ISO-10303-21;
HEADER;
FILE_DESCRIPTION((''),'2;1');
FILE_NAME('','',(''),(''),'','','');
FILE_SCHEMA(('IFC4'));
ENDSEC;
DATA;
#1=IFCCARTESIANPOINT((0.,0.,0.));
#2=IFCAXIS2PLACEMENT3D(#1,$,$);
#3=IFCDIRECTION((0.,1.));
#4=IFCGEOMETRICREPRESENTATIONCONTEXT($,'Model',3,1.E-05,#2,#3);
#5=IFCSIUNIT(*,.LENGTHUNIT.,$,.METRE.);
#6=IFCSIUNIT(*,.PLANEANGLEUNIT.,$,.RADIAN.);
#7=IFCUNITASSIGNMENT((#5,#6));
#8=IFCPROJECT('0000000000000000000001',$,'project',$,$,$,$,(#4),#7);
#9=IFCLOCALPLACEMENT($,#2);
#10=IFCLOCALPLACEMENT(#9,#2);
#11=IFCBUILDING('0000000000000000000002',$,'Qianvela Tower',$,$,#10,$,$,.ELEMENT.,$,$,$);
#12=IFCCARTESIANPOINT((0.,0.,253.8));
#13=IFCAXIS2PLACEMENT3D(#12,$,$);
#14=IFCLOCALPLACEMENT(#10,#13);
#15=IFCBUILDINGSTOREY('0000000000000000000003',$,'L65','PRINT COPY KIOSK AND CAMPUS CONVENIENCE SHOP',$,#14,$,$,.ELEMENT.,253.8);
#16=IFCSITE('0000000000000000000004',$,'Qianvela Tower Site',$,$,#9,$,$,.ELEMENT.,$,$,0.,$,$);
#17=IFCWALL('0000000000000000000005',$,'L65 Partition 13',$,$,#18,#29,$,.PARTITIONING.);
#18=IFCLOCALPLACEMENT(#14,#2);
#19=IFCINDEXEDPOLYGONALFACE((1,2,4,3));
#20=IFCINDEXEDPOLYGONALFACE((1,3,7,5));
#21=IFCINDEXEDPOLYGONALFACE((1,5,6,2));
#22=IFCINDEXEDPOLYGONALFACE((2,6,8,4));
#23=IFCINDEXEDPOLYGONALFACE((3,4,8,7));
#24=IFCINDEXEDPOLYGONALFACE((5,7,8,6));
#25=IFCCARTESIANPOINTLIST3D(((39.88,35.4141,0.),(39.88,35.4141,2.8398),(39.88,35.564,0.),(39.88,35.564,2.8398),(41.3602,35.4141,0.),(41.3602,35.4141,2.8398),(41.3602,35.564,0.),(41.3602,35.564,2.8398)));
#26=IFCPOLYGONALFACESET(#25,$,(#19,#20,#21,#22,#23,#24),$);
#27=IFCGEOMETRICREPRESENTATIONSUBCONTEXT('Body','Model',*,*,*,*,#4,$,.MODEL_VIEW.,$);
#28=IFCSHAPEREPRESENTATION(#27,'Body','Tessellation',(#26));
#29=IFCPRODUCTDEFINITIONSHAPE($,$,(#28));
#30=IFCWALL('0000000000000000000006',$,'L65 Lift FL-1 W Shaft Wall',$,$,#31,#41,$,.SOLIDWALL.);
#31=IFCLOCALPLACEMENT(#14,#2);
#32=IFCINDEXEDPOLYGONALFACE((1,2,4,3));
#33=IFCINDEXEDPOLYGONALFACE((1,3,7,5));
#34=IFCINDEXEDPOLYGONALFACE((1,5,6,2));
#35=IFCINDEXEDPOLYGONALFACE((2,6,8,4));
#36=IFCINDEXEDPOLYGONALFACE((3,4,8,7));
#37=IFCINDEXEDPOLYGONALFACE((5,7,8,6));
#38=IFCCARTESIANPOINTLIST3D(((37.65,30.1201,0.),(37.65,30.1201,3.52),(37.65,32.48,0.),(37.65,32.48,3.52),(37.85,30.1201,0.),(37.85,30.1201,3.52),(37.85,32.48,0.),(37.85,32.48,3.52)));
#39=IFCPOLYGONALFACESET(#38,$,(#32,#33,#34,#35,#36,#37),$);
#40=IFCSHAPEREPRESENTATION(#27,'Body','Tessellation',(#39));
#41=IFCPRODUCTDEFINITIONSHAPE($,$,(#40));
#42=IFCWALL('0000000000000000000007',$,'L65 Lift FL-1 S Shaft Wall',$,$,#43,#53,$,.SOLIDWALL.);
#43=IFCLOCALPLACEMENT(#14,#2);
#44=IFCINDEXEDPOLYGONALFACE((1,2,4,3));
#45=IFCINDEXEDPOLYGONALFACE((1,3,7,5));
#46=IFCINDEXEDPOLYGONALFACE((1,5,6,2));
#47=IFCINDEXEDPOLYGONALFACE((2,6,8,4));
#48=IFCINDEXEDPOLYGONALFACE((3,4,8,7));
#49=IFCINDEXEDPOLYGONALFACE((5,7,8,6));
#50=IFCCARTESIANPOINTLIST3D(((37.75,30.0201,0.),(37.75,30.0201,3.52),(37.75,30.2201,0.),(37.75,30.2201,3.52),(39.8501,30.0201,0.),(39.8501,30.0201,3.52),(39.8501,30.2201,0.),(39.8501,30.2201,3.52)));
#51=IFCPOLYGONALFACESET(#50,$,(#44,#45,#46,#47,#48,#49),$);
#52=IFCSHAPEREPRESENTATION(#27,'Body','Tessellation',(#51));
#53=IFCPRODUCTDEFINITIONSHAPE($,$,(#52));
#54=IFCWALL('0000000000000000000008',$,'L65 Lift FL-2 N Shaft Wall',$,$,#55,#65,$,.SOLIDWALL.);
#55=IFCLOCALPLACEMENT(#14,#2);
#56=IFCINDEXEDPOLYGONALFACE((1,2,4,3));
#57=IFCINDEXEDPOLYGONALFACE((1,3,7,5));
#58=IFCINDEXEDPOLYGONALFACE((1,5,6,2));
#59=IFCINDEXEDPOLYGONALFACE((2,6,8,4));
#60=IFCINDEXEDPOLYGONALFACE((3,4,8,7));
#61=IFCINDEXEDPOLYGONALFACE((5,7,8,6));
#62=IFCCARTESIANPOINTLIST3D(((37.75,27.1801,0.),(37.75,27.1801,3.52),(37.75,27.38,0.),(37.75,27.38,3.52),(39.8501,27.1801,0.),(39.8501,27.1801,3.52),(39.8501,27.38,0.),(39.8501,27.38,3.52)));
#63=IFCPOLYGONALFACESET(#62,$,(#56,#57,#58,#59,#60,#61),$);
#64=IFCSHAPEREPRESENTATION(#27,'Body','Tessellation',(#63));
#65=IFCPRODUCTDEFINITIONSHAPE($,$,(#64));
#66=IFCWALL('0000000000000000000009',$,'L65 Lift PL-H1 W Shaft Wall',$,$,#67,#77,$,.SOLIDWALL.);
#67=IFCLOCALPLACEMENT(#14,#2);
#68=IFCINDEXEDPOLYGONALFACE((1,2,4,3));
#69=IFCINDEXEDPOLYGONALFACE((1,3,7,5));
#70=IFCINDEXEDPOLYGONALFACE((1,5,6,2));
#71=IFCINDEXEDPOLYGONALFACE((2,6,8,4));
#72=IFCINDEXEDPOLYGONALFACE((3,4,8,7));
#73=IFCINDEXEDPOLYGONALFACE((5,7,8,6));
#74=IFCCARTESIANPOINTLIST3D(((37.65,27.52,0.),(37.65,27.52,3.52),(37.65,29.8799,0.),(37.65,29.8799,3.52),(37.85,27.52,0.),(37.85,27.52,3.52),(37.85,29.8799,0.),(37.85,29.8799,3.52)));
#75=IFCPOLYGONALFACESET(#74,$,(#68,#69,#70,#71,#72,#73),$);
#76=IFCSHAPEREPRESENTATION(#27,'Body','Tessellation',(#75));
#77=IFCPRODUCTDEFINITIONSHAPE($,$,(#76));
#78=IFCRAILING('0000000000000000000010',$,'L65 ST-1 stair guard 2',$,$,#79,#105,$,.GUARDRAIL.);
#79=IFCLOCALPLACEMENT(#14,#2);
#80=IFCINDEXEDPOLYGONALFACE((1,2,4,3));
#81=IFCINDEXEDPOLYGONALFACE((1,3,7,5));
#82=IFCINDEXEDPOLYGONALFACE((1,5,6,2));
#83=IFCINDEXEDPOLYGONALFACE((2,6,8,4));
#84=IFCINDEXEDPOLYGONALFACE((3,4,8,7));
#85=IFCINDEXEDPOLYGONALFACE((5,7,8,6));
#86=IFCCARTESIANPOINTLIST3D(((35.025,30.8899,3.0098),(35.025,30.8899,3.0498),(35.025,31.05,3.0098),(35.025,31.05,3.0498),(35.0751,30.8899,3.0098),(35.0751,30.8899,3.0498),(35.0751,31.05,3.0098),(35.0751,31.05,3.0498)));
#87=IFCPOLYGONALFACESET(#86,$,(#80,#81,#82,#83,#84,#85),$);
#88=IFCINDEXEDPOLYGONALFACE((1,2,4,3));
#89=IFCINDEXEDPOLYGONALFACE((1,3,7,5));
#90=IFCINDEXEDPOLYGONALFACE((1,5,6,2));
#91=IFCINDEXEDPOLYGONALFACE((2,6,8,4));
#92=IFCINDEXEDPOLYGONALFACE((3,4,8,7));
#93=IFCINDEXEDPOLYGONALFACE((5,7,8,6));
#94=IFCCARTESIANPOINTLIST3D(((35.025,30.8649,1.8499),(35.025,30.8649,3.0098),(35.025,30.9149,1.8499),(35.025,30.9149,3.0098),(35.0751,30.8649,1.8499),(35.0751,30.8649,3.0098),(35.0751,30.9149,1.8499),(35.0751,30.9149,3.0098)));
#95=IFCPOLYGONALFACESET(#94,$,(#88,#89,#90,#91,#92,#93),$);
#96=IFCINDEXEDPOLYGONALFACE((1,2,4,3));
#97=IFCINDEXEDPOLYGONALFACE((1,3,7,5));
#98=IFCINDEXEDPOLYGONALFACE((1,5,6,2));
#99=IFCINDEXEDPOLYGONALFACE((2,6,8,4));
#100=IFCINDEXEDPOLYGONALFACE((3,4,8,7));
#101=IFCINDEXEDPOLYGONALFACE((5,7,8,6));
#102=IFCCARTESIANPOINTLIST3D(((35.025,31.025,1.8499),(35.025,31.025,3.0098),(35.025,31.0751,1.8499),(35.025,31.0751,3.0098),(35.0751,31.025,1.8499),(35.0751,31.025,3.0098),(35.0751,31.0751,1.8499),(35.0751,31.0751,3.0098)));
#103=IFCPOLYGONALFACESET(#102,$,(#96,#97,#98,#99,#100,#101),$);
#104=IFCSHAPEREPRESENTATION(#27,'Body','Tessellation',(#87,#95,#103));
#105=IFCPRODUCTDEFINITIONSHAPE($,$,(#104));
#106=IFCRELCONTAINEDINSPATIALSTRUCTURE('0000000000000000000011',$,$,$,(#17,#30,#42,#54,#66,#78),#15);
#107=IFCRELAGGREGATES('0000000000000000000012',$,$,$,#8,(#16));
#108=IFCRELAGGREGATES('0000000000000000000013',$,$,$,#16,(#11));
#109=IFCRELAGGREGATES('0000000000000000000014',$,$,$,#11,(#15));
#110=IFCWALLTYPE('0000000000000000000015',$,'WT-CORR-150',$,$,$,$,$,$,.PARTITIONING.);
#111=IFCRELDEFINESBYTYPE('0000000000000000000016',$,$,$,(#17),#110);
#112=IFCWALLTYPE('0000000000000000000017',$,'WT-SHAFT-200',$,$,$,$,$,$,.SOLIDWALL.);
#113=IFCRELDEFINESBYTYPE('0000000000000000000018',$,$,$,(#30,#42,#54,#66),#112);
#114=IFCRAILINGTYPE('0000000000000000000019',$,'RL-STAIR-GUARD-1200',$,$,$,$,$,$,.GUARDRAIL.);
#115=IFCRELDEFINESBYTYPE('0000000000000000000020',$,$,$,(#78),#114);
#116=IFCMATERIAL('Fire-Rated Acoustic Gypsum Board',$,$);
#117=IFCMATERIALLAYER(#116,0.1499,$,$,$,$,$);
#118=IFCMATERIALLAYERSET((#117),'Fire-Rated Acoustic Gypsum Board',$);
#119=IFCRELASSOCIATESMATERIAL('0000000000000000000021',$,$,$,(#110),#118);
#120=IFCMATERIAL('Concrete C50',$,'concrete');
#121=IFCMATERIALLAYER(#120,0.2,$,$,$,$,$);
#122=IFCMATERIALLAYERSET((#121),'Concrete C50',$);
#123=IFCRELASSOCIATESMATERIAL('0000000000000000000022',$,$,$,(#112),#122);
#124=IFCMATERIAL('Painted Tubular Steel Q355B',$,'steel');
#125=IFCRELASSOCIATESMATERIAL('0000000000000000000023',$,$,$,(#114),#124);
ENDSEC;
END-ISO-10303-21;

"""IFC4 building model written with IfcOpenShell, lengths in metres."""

from ifc_helpers import new_model, si_unit, direction, frame, frame_2d, origin, origin_2d, place, context, subcontext, project, spatial, rectangle, extrude, material, layer, layer_set, type_object, element, save


model = new_model("IFC4")

# Units and contexts
model_context = context("Model", 3, precision=1e-05, world=origin(), true_north=direction((0.0, 1.0)))
body_context = subcontext(model_context, "Body", "Model", "MODEL_VIEW")
ifc_project = project(units=[si_unit("LENGTHUNIT", "METRE"), si_unit("PLANEANGLEUNIT", "RADIAN")], contexts=[model_context])

# Site, building, storey
site_placement = place(None, origin())
site = spatial("IfcSite", under=ifc_project, at=site_placement, Name="Qianvela Tower Site", CompositionType="ELEMENT", RefElevation=0.0)
building_placement = place(site_placement, origin())
building = spatial("IfcBuilding", under=site, at=building_placement, Name="Qianvela Tower", CompositionType="ELEMENT")
storey_placement = place(building_placement, frame((0.0, 0.0, 253.8)))
storey = spatial("IfcBuildingStorey", under=building, at=storey_placement, Name="L65", Description="PRINT COPY KIOSK AND CAMPUS CONVENIENCE SHOP", CompositionType="ELEMENT", Elevation=253.8)

# Wall
ifc_material_1 = material(Name="Fire-Rated Acoustic Gypsum Board")
ifc_layer_1 = layer(ifc_material_1, 0.1499)
ifc_layer_set_1 = layer_set([ifc_layer_1], Name="Fire-Rated Acoustic Gypsum Board")
wall_type_1 = type_object("IfcWallType", Name="WT-CORR-150", PredefinedType="PARTITIONING", material=ifc_layer_set_1)
wall_1_placement = place(storey_placement, frame((39.8799, 35.489, 0.0), z_axis=(0.0, 0.0, 1.0), x_axis=(1.0, 0.0, 0.0)))
element("IfcWall", 1, at=wall_1_placement, inside=storey, type_object=wall_type_1, Name="L65 Partition 13", PredefinedType="PARTITIONING", context=body_context, shape_type="SweptSolid", body=[
    extrude(rectangle(XDim=1.4802, YDim=0.1499, at=frame_2d((0.7402, 0.0))), origin(), (0.0, 0.0, 1.0), 2.8398),
])

# Shared definitions
ifc_material_2 = material(Name="Concrete C50", Category="concrete")
ifc_layer_2 = layer(ifc_material_2, 0.2)
ifc_layer_set_2 = layer_set([ifc_layer_2], Name="Concrete C50")
wall_type_2 = type_object("IfcWallType", Name="WT-SHAFT-200", PredefinedType="SOLIDWALL", material=ifc_layer_set_2)

# Walls
wall_2_placement = place(storey_placement, frame((37.75, 30.1201, 0.0), z_axis=(0.0, 0.0, 1.0), x_axis=(0.0, 1.0, 0.0)))
element("IfcWall", 2, at=wall_2_placement, inside=storey, type_object=wall_type_2, Name="L65 Lift FL-1 W Shaft Wall", PredefinedType="SOLIDWALL", context=body_context, shape_type="SweptSolid", body=[
    extrude(rectangle(XDim=2.3599, YDim=0.2, at=frame_2d((1.1799, 0.0))), origin(), (0.0, 0.0, 1.0), 3.52),
])
for number, where, z_axis, x_axis, name in (
    (3, (37.75, 30.1201, 0.0), (0.0, 0.0, 1.0), (1.0, 0.0, 0.0), "L65 Lift FL-1 S Shaft Wall"),
    (4, (37.75, 27.28, 0.0), (0.0, 0.0, 1.0), (1.0, 0.0, 0.0), "L65 Lift FL-2 N Shaft Wall"),
):
    element("IfcWall", number, at=place(storey_placement, frame(where, z_axis=z_axis, x_axis=x_axis)), inside=storey, type_object=wall_type_2, Name=name, PredefinedType="SOLIDWALL", context=body_context, shape_type="SweptSolid", body=[
        extrude(rectangle(XDim=2.1001, YDim=0.2, at=frame_2d((1.05, 0.0))), origin(), (0.0, 0.0, 1.0), 3.52),
    ])

# Wall
wall_3_placement = place(storey_placement, frame((37.75, 27.52, 0.0), z_axis=(0.0, 0.0, 1.0), x_axis=(0.0, 1.0, 0.0)))
element("IfcWall", 5, at=wall_3_placement, inside=storey, type_object=wall_type_2, Name="L65 Lift PL-H1 W Shaft Wall", PredefinedType="SOLIDWALL", context=body_context, shape_type="SweptSolid", body=[
    extrude(rectangle(XDim=2.3599, YDim=0.2, at=frame_2d((1.1799, 0.0))), origin(), (0.0, 0.0, 1.0), 3.52),
])

# Railing
ifc_material_3 = material(Name="Painted Tubular Steel Q355B", Category="steel")
railing_type = type_object("IfcRailingType", Name="RL-STAIR-GUARD-1200", PredefinedType="GUARDRAIL", material=ifc_material_3)
railing_placement = place(storey_placement, frame((35.05, 30.8899, 1.8499)))
element("IfcRailing", 6, at=railing_placement, inside=storey, type_object=railing_type, Name="L65 ST-1 stair guard 2", PredefinedType="GUARDRAIL", context=body_context, shape_type="SweptSolid", body=[
    extrude(rectangle(XDim=0.05, YDim=0.04, at=origin_2d()), frame((0.0, 0.0, 1.1799), z_axis=(0.0, 1.0, 0.0), x_axis=(-1.0, 0.0, 0.0)), (0.0, 0.0, 1.0), 0.1602),
    extrude(rectangle(XDim=0.05, YDim=0.05, at=origin_2d()), origin(), (0.0, 0.0, 1.0), 1.1599),
    extrude(rectangle(XDim=0.05, YDim=0.05, at=origin_2d()), frame((0.0, 0.1602, 0.0)), (0.0, 0.0, 1.0), 1.1599),
])

save(model, "model.ifc")
